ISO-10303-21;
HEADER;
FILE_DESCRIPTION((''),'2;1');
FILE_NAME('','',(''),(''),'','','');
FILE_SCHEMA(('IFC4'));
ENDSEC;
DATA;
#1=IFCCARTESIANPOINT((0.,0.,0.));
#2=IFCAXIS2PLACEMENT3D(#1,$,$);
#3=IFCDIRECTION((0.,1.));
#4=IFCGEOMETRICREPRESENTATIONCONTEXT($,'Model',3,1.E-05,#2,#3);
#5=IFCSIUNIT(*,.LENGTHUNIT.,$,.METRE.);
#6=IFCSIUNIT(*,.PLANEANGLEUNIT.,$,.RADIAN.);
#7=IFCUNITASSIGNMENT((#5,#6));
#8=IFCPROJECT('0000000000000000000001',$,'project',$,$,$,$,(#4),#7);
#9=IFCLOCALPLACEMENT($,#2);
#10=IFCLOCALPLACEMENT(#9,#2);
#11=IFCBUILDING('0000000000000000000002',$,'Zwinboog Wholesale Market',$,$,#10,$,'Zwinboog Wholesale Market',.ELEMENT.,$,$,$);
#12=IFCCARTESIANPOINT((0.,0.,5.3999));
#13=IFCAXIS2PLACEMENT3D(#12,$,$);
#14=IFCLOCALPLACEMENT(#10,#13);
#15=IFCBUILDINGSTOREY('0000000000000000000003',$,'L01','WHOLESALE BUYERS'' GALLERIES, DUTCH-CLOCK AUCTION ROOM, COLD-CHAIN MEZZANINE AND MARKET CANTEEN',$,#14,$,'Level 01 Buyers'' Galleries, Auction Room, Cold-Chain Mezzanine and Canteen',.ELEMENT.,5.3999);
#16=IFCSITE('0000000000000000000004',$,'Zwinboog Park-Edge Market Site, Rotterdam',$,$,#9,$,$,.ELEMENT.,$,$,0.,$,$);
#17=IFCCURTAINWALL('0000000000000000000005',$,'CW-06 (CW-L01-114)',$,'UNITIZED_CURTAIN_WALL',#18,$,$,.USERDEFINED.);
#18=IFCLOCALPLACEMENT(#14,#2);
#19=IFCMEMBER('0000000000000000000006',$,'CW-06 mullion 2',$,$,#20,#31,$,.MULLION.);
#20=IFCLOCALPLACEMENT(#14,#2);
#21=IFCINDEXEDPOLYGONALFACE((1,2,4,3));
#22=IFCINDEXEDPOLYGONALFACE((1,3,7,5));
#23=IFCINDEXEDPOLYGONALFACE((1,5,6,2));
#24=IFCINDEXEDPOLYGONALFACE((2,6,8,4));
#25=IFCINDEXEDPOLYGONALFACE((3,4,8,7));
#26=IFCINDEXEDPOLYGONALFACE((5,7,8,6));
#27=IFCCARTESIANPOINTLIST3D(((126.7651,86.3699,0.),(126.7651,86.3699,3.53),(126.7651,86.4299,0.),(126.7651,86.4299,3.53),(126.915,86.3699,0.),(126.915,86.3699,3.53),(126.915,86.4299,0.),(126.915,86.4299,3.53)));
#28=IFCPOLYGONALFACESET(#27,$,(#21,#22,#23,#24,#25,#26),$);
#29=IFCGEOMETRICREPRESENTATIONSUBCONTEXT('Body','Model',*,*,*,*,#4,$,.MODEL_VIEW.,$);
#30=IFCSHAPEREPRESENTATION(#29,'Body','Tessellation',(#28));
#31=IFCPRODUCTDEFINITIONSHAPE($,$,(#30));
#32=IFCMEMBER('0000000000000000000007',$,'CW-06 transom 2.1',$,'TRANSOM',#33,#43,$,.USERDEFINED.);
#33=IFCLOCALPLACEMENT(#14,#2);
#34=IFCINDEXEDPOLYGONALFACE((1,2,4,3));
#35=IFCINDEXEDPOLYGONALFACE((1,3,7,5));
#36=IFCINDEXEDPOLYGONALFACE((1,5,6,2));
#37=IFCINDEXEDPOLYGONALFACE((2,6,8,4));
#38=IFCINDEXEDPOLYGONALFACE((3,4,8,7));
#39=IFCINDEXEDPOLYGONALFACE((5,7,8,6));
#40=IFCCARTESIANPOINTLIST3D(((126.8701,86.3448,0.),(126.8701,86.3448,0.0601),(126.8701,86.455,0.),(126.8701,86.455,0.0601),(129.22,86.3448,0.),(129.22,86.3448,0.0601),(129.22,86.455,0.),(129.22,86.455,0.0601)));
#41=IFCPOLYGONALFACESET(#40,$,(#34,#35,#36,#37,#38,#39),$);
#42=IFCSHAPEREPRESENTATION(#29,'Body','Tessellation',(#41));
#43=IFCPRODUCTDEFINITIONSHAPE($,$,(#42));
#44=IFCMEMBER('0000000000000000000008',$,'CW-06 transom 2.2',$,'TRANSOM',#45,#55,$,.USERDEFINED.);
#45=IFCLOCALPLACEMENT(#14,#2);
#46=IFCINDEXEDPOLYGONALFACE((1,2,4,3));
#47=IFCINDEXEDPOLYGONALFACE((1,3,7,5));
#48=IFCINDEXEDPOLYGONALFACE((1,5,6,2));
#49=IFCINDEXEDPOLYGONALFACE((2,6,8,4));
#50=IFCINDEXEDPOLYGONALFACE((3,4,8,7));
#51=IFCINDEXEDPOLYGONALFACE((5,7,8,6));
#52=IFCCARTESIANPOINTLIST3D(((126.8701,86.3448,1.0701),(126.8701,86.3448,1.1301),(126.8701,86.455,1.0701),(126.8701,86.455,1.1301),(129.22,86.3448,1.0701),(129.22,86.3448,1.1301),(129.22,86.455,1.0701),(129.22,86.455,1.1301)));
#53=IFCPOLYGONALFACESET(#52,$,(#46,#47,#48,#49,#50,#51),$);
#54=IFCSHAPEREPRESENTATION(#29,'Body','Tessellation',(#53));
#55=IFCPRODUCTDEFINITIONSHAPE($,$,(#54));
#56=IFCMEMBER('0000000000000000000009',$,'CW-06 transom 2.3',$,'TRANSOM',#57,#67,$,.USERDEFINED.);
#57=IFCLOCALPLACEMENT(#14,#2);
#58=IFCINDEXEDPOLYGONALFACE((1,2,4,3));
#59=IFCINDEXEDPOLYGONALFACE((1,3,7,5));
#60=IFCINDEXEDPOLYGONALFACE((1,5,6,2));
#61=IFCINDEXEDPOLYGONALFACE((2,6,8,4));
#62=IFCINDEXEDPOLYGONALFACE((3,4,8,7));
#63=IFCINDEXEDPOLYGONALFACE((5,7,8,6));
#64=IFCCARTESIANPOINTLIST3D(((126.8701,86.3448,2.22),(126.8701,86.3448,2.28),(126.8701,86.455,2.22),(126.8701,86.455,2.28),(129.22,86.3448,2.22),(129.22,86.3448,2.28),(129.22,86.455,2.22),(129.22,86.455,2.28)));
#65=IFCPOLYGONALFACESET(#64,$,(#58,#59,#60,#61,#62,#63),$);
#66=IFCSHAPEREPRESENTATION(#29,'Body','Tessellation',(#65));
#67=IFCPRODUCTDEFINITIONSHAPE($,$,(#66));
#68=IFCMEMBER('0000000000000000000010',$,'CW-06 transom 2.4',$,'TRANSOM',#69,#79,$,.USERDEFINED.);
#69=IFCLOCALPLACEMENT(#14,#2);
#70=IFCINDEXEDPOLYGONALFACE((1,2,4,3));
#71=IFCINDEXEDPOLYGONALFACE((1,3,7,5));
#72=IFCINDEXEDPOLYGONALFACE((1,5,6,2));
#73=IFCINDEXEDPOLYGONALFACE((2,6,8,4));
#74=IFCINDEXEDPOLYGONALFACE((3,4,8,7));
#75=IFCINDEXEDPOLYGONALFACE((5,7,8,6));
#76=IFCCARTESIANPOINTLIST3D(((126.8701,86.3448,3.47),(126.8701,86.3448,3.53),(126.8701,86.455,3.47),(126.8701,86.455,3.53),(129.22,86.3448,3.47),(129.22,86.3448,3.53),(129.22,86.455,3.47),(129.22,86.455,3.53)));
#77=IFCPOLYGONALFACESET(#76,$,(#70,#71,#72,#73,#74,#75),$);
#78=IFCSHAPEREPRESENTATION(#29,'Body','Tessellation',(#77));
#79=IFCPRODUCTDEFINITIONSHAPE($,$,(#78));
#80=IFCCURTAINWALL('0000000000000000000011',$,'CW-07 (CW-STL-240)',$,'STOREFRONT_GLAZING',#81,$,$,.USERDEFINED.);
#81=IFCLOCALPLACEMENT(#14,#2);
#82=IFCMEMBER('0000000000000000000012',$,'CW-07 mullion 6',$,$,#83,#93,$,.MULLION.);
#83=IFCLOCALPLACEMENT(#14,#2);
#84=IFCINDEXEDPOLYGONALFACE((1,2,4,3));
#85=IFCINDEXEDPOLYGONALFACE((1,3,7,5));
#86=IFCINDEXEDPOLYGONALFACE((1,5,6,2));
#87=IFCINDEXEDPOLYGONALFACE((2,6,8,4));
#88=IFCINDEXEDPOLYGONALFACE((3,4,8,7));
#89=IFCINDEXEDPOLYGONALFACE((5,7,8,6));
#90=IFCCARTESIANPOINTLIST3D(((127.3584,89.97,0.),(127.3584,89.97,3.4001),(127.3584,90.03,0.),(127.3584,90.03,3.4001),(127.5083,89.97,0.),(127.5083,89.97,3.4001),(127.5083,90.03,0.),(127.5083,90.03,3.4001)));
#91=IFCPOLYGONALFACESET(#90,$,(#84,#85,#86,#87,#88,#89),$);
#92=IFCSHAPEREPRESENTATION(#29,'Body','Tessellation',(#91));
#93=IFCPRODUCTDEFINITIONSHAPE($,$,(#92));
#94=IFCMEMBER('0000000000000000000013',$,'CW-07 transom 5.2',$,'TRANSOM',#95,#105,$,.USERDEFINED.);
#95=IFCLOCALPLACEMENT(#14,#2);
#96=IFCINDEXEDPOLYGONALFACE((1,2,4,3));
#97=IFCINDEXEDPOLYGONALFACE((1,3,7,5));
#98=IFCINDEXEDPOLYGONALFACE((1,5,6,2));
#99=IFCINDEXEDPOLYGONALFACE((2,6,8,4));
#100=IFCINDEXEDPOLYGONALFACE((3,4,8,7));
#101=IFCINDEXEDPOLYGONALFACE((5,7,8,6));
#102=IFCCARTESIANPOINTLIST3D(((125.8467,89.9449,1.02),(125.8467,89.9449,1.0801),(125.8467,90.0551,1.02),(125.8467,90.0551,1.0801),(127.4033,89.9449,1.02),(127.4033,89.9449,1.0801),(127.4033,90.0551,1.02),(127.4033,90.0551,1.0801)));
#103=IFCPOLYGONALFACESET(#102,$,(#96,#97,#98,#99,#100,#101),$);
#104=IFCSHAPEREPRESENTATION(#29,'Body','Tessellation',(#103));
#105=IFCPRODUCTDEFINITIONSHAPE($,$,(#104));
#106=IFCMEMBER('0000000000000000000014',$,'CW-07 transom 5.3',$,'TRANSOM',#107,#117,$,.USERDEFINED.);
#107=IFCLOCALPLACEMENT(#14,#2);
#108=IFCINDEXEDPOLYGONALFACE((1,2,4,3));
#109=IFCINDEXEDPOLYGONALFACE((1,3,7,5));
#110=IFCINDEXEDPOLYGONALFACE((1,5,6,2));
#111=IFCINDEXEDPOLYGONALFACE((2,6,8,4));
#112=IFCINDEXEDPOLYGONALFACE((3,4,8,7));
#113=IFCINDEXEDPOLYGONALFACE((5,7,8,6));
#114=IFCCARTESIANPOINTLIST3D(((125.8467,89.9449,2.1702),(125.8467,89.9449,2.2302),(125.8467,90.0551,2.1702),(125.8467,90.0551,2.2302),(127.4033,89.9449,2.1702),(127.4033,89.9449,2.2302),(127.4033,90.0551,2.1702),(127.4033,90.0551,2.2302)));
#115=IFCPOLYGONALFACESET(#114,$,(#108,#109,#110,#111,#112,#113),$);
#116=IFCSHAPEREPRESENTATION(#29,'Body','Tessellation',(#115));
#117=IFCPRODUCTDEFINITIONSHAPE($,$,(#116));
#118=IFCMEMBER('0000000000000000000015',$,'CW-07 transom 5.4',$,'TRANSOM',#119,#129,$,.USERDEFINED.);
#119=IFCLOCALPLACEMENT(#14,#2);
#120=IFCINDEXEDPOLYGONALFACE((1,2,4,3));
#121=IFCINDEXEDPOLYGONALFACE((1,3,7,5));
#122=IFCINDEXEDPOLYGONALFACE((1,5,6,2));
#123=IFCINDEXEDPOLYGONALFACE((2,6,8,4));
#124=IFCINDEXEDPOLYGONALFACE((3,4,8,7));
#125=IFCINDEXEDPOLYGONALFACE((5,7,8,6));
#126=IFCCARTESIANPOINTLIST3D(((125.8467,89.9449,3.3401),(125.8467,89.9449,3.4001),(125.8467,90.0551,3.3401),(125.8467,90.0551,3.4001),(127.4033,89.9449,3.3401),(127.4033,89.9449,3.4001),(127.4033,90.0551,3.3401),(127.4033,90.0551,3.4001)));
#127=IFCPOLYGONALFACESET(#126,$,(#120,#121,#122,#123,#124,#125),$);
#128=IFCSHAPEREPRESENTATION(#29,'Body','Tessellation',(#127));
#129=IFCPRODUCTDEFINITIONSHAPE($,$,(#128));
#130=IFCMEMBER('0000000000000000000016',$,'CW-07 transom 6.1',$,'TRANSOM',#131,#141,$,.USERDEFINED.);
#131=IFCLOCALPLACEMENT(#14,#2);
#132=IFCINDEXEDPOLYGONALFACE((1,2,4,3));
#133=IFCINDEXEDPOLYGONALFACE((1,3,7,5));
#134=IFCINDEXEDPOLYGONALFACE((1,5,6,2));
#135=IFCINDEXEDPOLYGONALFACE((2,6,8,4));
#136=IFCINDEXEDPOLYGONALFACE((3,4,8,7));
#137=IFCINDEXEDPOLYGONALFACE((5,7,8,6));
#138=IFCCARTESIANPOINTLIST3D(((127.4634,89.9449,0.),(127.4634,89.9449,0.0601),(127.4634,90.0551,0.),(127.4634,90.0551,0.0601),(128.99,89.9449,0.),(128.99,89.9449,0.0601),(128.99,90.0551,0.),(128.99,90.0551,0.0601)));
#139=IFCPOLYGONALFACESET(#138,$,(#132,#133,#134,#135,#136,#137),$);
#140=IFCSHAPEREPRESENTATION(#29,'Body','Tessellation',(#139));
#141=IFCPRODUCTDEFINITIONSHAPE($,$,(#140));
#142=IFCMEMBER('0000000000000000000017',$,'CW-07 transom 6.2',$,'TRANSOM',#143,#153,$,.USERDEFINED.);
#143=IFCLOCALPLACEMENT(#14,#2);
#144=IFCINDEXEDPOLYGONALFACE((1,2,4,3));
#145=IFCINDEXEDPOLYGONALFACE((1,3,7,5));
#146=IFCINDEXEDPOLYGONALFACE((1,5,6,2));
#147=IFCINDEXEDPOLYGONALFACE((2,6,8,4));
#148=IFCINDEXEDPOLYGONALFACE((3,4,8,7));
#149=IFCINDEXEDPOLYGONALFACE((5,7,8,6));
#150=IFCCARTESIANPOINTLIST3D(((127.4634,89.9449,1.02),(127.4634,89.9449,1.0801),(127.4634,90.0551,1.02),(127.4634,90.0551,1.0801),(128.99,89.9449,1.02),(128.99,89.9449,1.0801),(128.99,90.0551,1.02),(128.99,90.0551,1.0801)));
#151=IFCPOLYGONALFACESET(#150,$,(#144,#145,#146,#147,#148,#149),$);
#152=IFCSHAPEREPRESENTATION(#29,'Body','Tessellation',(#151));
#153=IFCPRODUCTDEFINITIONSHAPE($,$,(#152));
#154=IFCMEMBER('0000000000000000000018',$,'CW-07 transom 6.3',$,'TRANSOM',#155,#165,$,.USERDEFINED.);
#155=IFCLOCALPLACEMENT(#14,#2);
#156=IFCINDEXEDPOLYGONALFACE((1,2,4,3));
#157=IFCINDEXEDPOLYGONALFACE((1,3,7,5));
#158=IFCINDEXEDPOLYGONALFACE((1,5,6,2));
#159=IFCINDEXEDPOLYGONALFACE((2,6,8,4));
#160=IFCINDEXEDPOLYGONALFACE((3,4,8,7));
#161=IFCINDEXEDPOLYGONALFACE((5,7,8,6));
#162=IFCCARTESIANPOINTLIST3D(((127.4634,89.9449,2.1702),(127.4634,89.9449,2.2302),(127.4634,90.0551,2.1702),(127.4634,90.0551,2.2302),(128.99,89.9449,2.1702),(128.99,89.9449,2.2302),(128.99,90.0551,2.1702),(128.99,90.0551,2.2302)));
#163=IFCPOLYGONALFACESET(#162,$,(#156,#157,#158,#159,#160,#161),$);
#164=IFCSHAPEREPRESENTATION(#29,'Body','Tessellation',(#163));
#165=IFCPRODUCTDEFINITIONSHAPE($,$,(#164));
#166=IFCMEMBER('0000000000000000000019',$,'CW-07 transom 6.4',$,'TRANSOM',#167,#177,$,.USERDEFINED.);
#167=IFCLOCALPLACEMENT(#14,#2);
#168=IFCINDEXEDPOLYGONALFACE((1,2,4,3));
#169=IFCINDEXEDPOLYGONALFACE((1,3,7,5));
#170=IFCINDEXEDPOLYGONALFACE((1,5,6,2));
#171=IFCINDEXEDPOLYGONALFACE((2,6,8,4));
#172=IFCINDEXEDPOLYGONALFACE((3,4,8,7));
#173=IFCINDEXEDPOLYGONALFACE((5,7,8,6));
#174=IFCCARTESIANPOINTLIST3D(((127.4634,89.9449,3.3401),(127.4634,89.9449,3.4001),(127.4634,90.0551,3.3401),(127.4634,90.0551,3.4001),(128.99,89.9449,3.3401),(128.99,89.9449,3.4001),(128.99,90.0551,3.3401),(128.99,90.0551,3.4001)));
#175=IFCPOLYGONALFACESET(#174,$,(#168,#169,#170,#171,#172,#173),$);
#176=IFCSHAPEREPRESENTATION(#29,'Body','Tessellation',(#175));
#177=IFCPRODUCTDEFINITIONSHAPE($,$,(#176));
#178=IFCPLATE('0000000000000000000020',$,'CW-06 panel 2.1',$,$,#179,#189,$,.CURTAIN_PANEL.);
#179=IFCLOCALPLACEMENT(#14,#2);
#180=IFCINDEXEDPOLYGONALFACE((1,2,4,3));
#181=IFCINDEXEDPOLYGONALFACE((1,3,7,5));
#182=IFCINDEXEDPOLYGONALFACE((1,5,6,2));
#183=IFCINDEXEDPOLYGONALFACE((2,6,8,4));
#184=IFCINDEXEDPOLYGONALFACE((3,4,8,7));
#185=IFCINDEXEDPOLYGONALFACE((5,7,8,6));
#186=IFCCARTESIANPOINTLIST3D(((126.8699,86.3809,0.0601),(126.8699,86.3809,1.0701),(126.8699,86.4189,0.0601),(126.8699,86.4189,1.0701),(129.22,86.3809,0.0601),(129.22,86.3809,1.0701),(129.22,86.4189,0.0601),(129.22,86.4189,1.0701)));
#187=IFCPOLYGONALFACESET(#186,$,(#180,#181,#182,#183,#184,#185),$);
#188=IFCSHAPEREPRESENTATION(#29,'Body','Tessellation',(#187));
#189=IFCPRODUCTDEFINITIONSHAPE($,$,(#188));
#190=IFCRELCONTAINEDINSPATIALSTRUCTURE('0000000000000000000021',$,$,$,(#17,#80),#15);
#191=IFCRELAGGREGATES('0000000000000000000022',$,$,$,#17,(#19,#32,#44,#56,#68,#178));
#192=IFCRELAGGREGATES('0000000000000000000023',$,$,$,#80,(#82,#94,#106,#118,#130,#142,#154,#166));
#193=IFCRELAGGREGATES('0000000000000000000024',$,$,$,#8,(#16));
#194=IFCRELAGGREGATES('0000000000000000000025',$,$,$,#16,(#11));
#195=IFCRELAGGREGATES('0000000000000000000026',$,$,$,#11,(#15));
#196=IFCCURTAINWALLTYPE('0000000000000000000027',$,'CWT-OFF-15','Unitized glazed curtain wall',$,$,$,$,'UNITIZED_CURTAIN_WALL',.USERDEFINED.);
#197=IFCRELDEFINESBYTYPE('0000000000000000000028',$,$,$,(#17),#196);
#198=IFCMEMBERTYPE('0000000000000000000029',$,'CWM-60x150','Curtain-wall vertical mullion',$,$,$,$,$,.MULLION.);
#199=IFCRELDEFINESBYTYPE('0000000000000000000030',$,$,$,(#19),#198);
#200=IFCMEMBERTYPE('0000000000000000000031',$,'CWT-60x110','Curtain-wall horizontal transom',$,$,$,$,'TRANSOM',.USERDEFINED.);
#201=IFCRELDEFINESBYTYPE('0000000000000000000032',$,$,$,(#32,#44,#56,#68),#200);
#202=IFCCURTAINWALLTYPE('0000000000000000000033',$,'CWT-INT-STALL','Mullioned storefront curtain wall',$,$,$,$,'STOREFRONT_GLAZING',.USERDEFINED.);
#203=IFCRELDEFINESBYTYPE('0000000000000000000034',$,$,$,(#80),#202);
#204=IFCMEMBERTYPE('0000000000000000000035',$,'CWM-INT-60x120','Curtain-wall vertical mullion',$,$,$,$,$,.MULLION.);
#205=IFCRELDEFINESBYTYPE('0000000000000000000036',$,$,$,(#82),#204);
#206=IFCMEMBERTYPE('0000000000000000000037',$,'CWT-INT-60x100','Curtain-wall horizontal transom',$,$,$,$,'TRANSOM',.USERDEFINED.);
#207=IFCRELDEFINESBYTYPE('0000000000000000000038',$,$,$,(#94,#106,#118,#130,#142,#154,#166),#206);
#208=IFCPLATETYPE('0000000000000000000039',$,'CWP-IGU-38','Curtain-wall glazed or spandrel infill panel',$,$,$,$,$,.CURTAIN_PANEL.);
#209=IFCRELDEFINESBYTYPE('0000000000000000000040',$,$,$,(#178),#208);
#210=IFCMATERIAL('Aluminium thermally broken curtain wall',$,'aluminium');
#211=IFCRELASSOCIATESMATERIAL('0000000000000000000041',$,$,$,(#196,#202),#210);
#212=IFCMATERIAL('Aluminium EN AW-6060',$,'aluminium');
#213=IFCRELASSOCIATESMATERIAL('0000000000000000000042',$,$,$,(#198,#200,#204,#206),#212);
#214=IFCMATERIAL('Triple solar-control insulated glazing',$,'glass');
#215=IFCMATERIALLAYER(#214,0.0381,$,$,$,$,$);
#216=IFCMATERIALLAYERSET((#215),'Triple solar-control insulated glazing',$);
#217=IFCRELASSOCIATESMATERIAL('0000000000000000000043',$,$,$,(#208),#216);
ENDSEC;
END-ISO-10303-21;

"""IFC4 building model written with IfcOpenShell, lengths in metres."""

from ifc_helpers import new_model, si_unit, direction, frame, origin, origin_2d, place, context, subcontext, project, spatial, rectangle, extrude, material, layer, layer_set, material_profile, profile_set, type_object, element, aggregate, save


model = new_model("IFC4")

# Units and contexts
model_context = context("Model", 3, precision=1e-05, world=origin(), true_north=direction((0.0, 1.0)))
body_context = subcontext(model_context, "Body", "Model", "MODEL_VIEW")
ifc_project = project(units=[si_unit("LENGTHUNIT", "METRE"), si_unit("PLANEANGLEUNIT", "RADIAN")], contexts=[model_context])

# Site, building, storey
site_placement = place(None, origin())
site = spatial("IfcSite", under=ifc_project, at=site_placement, Name="Zwinboog Park-Edge Market Site, Rotterdam", CompositionType="ELEMENT", RefElevation=0.0)
building_placement = place(site_placement, origin())
building = spatial("IfcBuilding", under=site, at=building_placement, Name="Zwinboog Wholesale Market", LongName="Zwinboog Wholesale Market", CompositionType="ELEMENT")
storey_placement = place(building_placement, frame((0.0, 0.0, 5.3999)))
storey = spatial("IfcBuildingStorey", under=building, at=storey_placement, Name="L01", Description="WHOLESALE BUYERS' GALLERIES, DUTCH-CLOCK AUCTION ROOM, COLD-CHAIN MEZZANINE AND MARKET CANTEEN", LongName="Level 01 Buyers' Galleries, Auction Room, Cold-Chain Mezzanine and Canteen", CompositionType="ELEMENT", Elevation=5.3999)

# Curtain walls, members
ifc_material_1 = material(Name="Aluminium thermally broken curtain wall", Category="aluminium")
curtain_wall_type_1 = type_object("IfcCurtainWallType", Name="CWT-OFF-15", Description="Unitized glazed curtain wall", ElementType="UNITIZED_CURTAIN_WALL", PredefinedType="USERDEFINED", material=ifc_material_1)
curtain_wall_1_placement = place(storey_placement, origin())
curtain_wall_1 = element("IfcCurtainWall", 1, at=curtain_wall_1_placement, inside=storey, type_object=curtain_wall_type_1, Name="CW-06 (CW-L01-114)", ObjectType="UNITIZED_CURTAIN_WALL", PredefinedType="USERDEFINED")
ifc_material_2 = material(Name="Aluminium EN AW-6060", Category="aluminium")
ifc_material_profile_1 = material_profile(ifc_material_2, rectangle(XDim=0.0601, YDim=0.1499, at=origin_2d()), Name="AL 60x150")
ifc_profile_set_1 = profile_set([ifc_material_profile_1], Name="Aluminium EN AW-6060")
member_type_1 = type_object("IfcMemberType", Name="CWM-60x150", Description="Curtain-wall vertical mullion", PredefinedType="MULLION", material=ifc_profile_set_1)
member_1_placement = place(storey_placement, frame((126.8401, 86.3999, 0.0), z_axis=(0.0, 0.0, 1.0), x_axis=(0.0, 1.0, 0.0)))
member_1 = element("IfcMember", 2, at=member_1_placement, type_object=member_type_1, Name="CW-06 mullion 2", PredefinedType="MULLION", context=body_context, shape_type="SweptSolid", body=[
    extrude(rectangle(XDim=0.0601, YDim=0.1499, at=origin_2d()), origin(), (0.0, 0.0, 1.0), 3.53),
])
ifc_material_profile_2 = material_profile(ifc_material_2, rectangle(XDim=0.1101, YDim=0.0601, at=origin_2d()), Name="AL 60x110")
ifc_profile_set_2 = profile_set([ifc_material_profile_2], Name="Aluminium EN AW-6060")
member_type_2 = type_object("IfcMemberType", Name="CWT-60x110", Description="Curtain-wall horizontal transom", ElementType="TRANSOM", PredefinedType="USERDEFINED", material=ifc_profile_set_2)
member_2_placement = place(storey_placement, frame((126.8701, 86.3999, 0.03), z_axis=(1.0, 0.0, 0.0), x_axis=(0.0, 1.0, 0.0)))
member_2 = element("IfcMember", 3, at=member_2_placement, type_object=member_type_2, Name="CW-06 transom 2.1", ObjectType="TRANSOM", PredefinedType="USERDEFINED", context=body_context, shape_type="SweptSolid", body=[
    extrude(rectangle(XDim=0.1101, YDim=0.0601, at=origin_2d()), origin(), (0.0, 0.0, 1.0), 2.3499),
])
member_3_placement = place(storey_placement, frame((126.8701, 86.3999, 1.1001), z_axis=(1.0, 0.0, 0.0), x_axis=(0.0, 1.0, 0.0)))
member_3 = element("IfcMember", 4, at=member_3_placement, type_object=member_type_2, Name="CW-06 transom 2.2", ObjectType="TRANSOM", PredefinedType="USERDEFINED", context=body_context, shape_type="SweptSolid", body=[
    extrude(rectangle(XDim=0.1101, YDim=0.0601, at=origin_2d()), origin(), (0.0, 0.0, 1.0), 2.3499),
])
member_4_placement = place(storey_placement, frame((126.8701, 86.3999, 2.25), z_axis=(1.0, 0.0, 0.0), x_axis=(0.0, 1.0, 0.0)))
member_4 = element("IfcMember", 5, at=member_4_placement, type_object=member_type_2, Name="CW-06 transom 2.3", ObjectType="TRANSOM", PredefinedType="USERDEFINED", context=body_context, shape_type="SweptSolid", body=[
    extrude(rectangle(XDim=0.1101, YDim=0.0601, at=origin_2d()), origin(), (0.0, 0.0, 1.0), 2.3499),
])
member_5_placement = place(storey_placement, frame((126.8701, 86.3999, 3.5), z_axis=(1.0, 0.0, 0.0), x_axis=(0.0, 1.0, 0.0)))
member_5 = element("IfcMember", 6, at=member_5_placement, type_object=member_type_2, Name="CW-06 transom 2.4", ObjectType="TRANSOM", PredefinedType="USERDEFINED", context=body_context, shape_type="SweptSolid", body=[
    extrude(rectangle(XDim=0.1101, YDim=0.0601, at=origin_2d()), origin(), (0.0, 0.0, 1.0), 2.3499),
])
curtain_wall_type_2 = type_object("IfcCurtainWallType", Name="CWT-INT-STALL", Description="Mullioned storefront curtain wall", ElementType="STOREFRONT_GLAZING", PredefinedType="USERDEFINED", material=ifc_material_1)
curtain_wall_2_placement = place(storey_placement, origin())
curtain_wall_2 = element("IfcCurtainWall", 7, at=curtain_wall_2_placement, inside=storey, type_object=curtain_wall_type_2, Name="CW-07 (CW-STL-240)", ObjectType="STOREFRONT_GLAZING", PredefinedType="USERDEFINED")
ifc_material_profile_3 = material_profile(ifc_material_2, rectangle(XDim=0.0601, YDim=0.1499, at=origin_2d()), Name="AL 60x150")
ifc_profile_set_3 = profile_set([ifc_material_profile_3], Name="Aluminium EN AW-6060")
member_type_3 = type_object("IfcMemberType", Name="CWM-INT-60x120", Description="Curtain-wall vertical mullion", PredefinedType="MULLION", material=ifc_profile_set_3)
member_6_placement = place(storey_placement, frame((127.4333, 90.0, 0.0), z_axis=(0.0, 0.0, 1.0), x_axis=(0.0, 1.0, 0.0)))
member_6 = element("IfcMember", 8, at=member_6_placement, type_object=member_type_3, Name="CW-07 mullion 6", PredefinedType="MULLION", context=body_context, shape_type="SweptSolid", body=[
    extrude(rectangle(XDim=0.0601, YDim=0.1499, at=origin_2d()), origin(), (0.0, 0.0, 1.0), 3.4001),
])
ifc_material_profile_4 = material_profile(ifc_material_2, rectangle(XDim=0.1101, YDim=0.0601, at=origin_2d()), Name="AL 60x110")
ifc_profile_set_4 = profile_set([ifc_material_profile_4], Name="Aluminium EN AW-6060")
member_type_4 = type_object("IfcMemberType", Name="CWT-INT-60x100", Description="Curtain-wall horizontal transom", ElementType="TRANSOM", PredefinedType="USERDEFINED", material=ifc_profile_set_4)
member_7_placement = place(storey_placement, frame((125.8467, 90.0, 1.05), z_axis=(1.0, 0.0, 0.0), x_axis=(0.0, 1.0, 0.0)))
member_7 = element("IfcMember", 9, at=member_7_placement, type_object=member_type_4, Name="CW-07 transom 5.2", ObjectType="TRANSOM", PredefinedType="USERDEFINED", context=body_context, shape_type="SweptSolid", body=[
    extrude(rectangle(XDim=0.1101, YDim=0.0601, at=origin_2d()), origin(), (0.0, 0.0, 1.0), 1.5566),
])
member_8_placement = place(storey_placement, frame((125.8467, 90.0, 2.2002), z_axis=(1.0, 0.0, 0.0), x_axis=(0.0, 1.0, 0.0)))
member_8 = element("IfcMember", 10, at=member_8_placement, type_object=member_type_4, Name="CW-07 transom 5.3", ObjectType="TRANSOM", PredefinedType="USERDEFINED", context=body_context, shape_type="SweptSolid", body=[
    extrude(rectangle(XDim=0.1101, YDim=0.0601, at=origin_2d()), origin(), (0.0, 0.0, 1.0), 1.5566),
])
member_9_placement = place(storey_placement, frame((125.8467, 90.0, 3.3701), z_axis=(1.0, 0.0, 0.0), x_axis=(0.0, 1.0, 0.0)))
member_9 = element("IfcMember", 11, at=member_9_placement, type_object=member_type_4, Name="CW-07 transom 5.4", ObjectType="TRANSOM", PredefinedType="USERDEFINED", context=body_context, shape_type="SweptSolid", body=[
    extrude(rectangle(XDim=0.1101, YDim=0.0601, at=origin_2d()), origin(), (0.0, 0.0, 1.0), 1.5566),
])
member_10_placement = place(storey_placement, frame((127.4634, 90.0, 0.03), z_axis=(1.0, 0.0, 0.0), x_axis=(0.0, 1.0, 0.0)))
member_10 = element("IfcMember", 12, at=member_10_placement, type_object=member_type_4, Name="CW-07 transom 6.1", ObjectType="TRANSOM", PredefinedType="USERDEFINED", context=body_context, shape_type="SweptSolid", body=[
    extrude(rectangle(XDim=0.1101, YDim=0.0601, at=origin_2d()), origin(), (0.0, 0.0, 1.0), 1.5266),
])
member_11_placement = place(storey_placement, frame((127.4634, 90.0, 1.05), z_axis=(1.0, 0.0, 0.0), x_axis=(0.0, 1.0, 0.0)))
member_11 = element("IfcMember", 13, at=member_11_placement, type_object=member_type_4, Name="CW-07 transom 6.2", ObjectType="TRANSOM", PredefinedType="USERDEFINED", context=body_context, shape_type="SweptSolid", body=[
    extrude(rectangle(XDim=0.1101, YDim=0.0601, at=origin_2d()), origin(), (0.0, 0.0, 1.0), 1.5266),
])
member_12_placement = place(storey_placement, frame((127.4634, 90.0, 2.2002), z_axis=(1.0, 0.0, 0.0), x_axis=(0.0, 1.0, 0.0)))
member_12 = element("IfcMember", 14, at=member_12_placement, type_object=member_type_4, Name="CW-07 transom 6.3", ObjectType="TRANSOM", PredefinedType="USERDEFINED", context=body_context, shape_type="SweptSolid", body=[
    extrude(rectangle(XDim=0.1101, YDim=0.0601, at=origin_2d()), origin(), (0.0, 0.0, 1.0), 1.5266),
])
member_13_placement = place(storey_placement, frame((127.4634, 90.0, 3.3701), z_axis=(1.0, 0.0, 0.0), x_axis=(0.0, 1.0, 0.0)))
member_13 = element("IfcMember", 15, at=member_13_placement, type_object=member_type_4, Name="CW-07 transom 6.4", ObjectType="TRANSOM", PredefinedType="USERDEFINED", context=body_context, shape_type="SweptSolid", body=[
    extrude(rectangle(XDim=0.1101, YDim=0.0601, at=origin_2d()), origin(), (0.0, 0.0, 1.0), 1.5266),
])

# Plate
ifc_material_3 = material(Name="Triple solar-control insulated glazing", Category="glass")
ifc_layer_1 = layer(ifc_material_3, 0.0381)
ifc_layer_set_1 = layer_set([ifc_layer_1], Name="Triple solar-control insulated glazing")
plate_type_1 = type_object("IfcPlateType", Name="CWP-IGU-38", Description="Curtain-wall glazed or spandrel infill panel", PredefinedType="CURTAIN_PANEL", material=ifc_layer_set_1)
plate_1_placement = place(storey_placement, frame((128.0449, 86.3999, 0.0601), z_axis=(0.0, 0.0, 1.0), x_axis=(1.0, 0.0, 0.0)))
plate_1 = element("IfcPlate", 16, at=plate_1_placement, type_object=plate_type_1, Name="CW-06 panel 2.1", PredefinedType="CURTAIN_PANEL", context=body_context, shape_type="SweptSolid", body=[
    extrude(rectangle(XDim=2.3501, YDim=0.0381, at=origin_2d()), origin(), (0.0, 0.0, 1.0), 1.01),
])
aggregate(curtain_wall_1, [member_1, member_2, member_3, member_4, member_5, plate_1])
aggregate(curtain_wall_2, [member_6, member_7, member_8, member_9, member_10, member_11, member_12, member_13])

save(model, "model.ifc")
